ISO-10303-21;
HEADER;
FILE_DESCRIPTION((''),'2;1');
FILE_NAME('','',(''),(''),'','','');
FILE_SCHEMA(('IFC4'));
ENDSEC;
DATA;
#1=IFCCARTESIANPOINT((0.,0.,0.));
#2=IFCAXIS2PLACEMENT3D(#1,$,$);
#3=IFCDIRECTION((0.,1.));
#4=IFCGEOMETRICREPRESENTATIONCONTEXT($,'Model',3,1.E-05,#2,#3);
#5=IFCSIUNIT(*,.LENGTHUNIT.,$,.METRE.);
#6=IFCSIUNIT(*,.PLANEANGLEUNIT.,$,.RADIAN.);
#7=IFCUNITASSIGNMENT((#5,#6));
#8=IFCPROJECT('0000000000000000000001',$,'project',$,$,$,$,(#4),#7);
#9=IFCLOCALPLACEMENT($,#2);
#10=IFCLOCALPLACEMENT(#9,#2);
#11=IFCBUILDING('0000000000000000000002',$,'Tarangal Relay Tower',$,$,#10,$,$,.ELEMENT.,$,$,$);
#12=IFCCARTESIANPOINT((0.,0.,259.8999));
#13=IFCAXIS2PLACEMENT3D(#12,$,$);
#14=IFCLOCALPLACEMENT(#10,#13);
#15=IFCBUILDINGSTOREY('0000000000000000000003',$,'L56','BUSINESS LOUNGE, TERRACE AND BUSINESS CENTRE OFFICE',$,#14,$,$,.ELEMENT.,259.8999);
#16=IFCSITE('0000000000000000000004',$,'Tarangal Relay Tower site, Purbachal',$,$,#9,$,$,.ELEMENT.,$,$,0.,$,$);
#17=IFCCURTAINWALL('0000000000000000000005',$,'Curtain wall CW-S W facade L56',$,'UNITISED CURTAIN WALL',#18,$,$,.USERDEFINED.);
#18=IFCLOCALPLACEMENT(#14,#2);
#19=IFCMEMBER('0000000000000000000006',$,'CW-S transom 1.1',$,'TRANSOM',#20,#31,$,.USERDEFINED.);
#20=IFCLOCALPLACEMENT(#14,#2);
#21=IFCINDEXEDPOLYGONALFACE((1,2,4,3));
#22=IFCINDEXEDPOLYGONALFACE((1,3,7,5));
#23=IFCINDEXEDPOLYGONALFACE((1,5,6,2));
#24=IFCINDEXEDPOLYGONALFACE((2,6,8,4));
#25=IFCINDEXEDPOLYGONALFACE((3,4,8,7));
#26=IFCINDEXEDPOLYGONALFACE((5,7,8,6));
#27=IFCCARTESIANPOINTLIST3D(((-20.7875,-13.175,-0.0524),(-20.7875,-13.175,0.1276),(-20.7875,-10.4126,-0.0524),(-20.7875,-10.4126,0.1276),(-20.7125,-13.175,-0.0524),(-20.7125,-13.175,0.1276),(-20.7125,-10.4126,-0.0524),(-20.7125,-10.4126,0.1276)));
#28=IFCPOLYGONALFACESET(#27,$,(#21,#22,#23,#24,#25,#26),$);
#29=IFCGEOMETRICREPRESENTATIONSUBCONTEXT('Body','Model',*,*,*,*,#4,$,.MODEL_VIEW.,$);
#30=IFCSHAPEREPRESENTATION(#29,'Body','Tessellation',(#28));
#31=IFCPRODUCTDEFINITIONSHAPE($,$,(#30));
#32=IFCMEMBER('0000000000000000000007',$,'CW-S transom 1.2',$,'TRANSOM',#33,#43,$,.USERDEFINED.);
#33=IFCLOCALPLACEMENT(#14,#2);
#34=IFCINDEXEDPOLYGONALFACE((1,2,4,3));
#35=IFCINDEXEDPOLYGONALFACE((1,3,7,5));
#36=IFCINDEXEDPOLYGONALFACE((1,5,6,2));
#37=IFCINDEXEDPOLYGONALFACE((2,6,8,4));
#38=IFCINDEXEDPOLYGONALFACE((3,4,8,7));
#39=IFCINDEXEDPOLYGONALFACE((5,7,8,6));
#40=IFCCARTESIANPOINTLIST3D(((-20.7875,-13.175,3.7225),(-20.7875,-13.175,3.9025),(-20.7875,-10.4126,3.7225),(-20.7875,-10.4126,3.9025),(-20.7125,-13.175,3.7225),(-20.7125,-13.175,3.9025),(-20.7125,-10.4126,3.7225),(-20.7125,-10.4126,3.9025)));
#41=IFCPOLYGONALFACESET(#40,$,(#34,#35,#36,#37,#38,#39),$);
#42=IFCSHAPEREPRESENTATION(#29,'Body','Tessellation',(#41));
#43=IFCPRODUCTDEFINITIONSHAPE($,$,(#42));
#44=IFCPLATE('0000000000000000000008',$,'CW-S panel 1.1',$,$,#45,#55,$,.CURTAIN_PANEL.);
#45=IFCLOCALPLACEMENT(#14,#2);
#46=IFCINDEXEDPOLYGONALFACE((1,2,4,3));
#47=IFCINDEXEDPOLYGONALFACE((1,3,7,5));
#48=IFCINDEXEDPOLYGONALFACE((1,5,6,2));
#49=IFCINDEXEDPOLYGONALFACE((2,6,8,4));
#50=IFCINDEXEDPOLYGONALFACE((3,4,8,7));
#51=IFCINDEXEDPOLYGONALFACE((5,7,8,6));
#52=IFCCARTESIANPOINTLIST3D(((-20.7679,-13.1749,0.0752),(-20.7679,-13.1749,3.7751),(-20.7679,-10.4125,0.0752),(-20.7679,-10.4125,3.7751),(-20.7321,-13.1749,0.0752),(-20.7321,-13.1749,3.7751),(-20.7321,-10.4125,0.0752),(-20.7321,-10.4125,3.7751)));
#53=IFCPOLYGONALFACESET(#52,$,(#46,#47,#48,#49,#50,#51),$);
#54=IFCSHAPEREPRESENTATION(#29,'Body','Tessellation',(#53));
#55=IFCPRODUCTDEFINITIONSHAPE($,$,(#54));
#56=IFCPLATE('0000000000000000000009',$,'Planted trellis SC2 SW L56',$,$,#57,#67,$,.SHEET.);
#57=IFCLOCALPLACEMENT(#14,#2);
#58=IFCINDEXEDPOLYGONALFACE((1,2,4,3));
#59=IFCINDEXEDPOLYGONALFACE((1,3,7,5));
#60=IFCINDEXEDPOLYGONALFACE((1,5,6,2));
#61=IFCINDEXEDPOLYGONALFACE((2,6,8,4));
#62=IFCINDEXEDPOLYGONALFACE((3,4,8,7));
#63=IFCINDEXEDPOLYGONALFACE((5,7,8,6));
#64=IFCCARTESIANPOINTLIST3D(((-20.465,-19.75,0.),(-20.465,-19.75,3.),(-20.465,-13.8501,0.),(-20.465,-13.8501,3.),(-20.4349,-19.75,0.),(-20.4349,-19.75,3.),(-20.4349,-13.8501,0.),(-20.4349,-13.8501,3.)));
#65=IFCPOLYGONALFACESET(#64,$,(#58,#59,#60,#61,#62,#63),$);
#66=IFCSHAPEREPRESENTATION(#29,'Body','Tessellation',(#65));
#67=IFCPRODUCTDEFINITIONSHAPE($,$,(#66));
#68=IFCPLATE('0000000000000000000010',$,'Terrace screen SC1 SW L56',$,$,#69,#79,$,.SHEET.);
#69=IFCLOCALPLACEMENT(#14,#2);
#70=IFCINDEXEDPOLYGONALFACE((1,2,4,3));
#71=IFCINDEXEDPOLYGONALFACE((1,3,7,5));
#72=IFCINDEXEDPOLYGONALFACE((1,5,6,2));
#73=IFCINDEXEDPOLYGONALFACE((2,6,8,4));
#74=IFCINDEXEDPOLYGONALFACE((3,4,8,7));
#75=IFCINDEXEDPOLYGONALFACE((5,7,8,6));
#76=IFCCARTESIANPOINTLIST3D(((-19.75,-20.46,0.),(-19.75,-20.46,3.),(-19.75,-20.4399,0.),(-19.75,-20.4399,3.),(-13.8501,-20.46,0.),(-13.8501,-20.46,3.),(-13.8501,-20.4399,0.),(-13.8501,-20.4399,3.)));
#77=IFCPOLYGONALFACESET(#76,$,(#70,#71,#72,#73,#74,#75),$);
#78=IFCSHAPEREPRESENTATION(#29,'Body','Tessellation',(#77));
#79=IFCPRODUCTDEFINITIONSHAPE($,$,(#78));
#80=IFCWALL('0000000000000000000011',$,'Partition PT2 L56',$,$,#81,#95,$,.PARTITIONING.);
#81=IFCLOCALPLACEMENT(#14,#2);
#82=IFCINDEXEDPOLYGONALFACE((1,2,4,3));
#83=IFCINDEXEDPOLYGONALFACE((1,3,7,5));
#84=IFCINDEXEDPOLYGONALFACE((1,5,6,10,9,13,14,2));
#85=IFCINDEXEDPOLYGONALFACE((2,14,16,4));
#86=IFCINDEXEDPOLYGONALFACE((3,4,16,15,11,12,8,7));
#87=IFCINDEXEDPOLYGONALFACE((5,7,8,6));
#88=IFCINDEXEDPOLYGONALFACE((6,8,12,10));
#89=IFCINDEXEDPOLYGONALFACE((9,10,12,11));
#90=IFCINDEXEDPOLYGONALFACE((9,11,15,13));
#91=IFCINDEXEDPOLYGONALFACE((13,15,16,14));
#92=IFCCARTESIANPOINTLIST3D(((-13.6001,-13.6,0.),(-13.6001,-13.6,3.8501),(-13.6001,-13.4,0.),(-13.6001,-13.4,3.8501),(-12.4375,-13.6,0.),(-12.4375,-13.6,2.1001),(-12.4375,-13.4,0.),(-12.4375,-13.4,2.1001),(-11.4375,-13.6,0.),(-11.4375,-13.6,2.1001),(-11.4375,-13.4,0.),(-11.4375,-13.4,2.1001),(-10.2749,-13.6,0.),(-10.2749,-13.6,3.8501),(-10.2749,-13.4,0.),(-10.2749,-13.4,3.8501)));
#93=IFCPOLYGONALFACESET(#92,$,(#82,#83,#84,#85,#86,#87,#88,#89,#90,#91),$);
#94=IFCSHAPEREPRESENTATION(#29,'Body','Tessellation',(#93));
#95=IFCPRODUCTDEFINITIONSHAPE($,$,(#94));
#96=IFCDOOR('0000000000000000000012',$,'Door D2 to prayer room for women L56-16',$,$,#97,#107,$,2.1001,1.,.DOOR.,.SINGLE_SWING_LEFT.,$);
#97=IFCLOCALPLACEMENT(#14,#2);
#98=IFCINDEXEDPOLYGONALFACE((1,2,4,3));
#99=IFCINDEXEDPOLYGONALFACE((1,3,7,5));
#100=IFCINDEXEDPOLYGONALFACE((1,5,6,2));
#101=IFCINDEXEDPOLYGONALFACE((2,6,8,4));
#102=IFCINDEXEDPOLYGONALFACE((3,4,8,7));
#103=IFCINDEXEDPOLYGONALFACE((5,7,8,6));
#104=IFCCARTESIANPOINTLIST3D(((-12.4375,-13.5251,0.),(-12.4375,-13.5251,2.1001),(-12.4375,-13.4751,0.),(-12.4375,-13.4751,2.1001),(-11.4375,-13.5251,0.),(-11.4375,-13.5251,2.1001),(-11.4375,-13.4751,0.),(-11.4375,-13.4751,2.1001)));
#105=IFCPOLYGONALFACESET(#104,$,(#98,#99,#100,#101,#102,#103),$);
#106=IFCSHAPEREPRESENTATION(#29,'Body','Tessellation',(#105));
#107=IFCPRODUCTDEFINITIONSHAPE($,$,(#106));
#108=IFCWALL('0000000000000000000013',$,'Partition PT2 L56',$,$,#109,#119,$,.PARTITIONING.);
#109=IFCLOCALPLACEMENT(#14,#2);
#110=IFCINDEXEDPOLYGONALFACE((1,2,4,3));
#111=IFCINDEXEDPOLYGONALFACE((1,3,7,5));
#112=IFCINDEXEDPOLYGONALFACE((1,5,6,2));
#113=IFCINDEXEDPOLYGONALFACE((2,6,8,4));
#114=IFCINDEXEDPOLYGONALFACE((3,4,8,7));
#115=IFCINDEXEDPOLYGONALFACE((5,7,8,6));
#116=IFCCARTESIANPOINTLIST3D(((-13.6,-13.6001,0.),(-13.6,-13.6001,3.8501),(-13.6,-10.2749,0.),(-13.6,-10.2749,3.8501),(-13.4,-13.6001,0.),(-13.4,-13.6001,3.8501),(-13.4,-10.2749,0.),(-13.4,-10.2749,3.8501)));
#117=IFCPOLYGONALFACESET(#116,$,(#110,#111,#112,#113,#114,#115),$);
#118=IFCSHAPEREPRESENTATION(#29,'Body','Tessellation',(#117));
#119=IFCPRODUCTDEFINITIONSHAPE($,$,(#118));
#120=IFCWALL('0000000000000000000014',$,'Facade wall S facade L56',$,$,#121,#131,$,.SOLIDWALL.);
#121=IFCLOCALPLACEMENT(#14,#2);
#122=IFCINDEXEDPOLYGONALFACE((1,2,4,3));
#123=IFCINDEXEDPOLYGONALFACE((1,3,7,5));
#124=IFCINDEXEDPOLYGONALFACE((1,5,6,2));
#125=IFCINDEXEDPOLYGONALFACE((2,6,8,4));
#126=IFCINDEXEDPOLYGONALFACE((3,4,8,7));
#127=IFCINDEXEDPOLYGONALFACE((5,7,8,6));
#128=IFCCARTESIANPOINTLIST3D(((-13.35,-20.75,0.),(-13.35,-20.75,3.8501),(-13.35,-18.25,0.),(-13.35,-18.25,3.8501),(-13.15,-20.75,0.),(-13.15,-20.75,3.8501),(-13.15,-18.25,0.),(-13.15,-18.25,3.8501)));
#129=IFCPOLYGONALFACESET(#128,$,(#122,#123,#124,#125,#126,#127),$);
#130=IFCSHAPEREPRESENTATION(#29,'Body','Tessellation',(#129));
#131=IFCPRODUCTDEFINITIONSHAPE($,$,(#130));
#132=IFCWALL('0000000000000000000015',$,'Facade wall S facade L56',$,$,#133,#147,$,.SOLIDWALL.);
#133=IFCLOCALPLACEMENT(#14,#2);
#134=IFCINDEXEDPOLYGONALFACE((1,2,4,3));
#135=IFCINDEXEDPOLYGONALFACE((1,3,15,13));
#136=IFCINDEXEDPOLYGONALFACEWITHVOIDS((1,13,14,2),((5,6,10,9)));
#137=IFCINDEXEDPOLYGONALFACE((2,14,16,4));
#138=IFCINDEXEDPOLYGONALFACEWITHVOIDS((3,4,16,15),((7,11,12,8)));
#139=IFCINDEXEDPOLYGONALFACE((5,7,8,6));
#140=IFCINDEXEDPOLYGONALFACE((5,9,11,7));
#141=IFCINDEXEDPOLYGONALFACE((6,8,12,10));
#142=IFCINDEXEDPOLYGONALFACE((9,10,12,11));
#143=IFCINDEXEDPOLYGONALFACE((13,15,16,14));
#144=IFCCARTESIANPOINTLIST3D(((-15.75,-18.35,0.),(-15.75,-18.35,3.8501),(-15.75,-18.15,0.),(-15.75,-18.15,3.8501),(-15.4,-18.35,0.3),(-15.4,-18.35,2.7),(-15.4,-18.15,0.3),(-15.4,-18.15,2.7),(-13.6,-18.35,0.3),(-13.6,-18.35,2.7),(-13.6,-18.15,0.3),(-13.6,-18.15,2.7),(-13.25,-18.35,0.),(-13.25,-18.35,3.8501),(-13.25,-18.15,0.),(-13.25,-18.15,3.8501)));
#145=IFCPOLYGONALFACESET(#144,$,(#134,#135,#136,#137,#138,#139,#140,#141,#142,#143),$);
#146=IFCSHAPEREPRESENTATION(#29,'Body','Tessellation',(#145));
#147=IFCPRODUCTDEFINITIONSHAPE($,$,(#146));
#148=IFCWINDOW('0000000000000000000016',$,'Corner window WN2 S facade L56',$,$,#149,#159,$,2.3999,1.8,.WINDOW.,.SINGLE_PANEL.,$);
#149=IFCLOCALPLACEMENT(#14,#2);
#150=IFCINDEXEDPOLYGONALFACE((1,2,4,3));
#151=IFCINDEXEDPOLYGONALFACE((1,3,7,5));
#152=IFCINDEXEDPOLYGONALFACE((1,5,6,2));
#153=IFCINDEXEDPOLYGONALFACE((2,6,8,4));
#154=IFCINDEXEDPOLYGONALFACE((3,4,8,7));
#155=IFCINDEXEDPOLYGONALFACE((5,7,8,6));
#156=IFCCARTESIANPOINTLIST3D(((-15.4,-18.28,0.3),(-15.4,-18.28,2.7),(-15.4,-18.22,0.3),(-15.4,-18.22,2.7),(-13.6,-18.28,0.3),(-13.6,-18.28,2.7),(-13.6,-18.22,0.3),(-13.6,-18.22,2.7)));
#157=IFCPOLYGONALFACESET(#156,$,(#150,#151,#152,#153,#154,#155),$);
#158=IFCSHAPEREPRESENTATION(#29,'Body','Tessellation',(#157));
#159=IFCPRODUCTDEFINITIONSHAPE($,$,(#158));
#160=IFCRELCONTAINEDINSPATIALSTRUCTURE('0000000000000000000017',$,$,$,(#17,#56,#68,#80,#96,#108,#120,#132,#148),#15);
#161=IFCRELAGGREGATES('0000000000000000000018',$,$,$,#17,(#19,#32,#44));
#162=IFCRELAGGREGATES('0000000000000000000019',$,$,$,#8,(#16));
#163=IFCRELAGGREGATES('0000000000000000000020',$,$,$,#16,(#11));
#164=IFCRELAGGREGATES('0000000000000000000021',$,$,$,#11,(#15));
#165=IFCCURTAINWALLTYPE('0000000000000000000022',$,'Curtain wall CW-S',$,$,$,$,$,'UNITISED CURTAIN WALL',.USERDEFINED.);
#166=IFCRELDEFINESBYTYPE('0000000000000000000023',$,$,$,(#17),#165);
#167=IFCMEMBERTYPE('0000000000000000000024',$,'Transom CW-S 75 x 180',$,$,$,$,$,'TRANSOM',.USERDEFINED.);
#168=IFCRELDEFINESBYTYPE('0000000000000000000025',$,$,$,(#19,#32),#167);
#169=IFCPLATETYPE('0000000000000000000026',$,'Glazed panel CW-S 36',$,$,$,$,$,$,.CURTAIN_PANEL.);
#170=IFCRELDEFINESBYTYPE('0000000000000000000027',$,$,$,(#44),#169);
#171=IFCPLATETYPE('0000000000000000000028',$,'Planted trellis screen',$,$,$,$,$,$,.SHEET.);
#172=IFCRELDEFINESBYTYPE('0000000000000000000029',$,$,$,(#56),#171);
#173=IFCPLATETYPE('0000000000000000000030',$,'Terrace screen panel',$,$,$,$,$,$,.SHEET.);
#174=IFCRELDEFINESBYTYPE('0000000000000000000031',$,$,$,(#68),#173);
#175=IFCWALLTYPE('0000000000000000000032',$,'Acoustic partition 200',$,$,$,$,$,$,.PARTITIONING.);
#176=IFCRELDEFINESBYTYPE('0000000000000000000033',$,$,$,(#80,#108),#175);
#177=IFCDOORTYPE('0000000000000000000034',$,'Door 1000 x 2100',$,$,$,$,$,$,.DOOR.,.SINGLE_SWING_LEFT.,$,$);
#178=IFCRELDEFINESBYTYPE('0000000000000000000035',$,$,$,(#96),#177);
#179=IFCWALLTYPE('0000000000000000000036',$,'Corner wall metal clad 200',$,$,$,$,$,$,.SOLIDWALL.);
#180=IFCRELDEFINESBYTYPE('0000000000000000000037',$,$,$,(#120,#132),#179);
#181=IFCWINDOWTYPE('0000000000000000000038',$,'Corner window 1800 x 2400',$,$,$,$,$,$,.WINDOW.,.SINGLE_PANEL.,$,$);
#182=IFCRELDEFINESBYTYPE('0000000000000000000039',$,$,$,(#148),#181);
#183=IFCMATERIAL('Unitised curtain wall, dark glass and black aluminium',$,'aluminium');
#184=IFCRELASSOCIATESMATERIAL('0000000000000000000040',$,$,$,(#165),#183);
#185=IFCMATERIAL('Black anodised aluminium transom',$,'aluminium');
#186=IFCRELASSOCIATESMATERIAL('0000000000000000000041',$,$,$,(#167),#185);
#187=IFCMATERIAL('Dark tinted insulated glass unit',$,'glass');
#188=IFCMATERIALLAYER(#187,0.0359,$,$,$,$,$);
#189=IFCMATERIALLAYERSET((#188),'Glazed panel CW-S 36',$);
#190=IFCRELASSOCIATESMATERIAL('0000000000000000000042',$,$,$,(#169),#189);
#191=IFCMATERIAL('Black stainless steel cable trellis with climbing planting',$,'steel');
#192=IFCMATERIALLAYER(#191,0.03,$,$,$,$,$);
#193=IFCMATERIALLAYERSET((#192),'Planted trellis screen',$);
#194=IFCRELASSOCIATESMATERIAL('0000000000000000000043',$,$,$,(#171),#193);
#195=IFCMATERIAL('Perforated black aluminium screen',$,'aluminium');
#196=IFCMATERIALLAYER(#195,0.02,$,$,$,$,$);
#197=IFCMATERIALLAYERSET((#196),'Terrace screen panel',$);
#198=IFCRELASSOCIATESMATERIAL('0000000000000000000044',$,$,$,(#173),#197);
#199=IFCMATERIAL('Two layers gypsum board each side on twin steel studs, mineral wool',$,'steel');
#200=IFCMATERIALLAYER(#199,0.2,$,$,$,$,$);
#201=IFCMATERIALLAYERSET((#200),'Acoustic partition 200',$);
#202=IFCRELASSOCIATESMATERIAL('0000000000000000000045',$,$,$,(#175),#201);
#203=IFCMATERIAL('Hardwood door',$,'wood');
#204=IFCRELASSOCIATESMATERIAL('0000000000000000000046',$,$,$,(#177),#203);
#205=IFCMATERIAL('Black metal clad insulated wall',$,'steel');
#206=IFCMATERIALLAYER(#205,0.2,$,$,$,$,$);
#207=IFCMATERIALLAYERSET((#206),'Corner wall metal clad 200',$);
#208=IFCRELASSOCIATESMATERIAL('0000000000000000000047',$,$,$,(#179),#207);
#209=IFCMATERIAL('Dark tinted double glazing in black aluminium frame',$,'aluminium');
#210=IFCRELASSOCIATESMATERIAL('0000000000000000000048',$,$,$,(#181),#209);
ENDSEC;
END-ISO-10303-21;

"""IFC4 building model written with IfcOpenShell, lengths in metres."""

from ifc_helpers import new_model, si_unit, direction, frame, frame_2d, origin, origin_2d, place, context, subcontext, project, spatial, rectangle, extrude, material, layer, layer_set, material_profile, profile_set, type_object, element, fill, aggregate, save


model = new_model("IFC4")

# Units and contexts
model_context = context("Model", 3, precision=1e-05, world=origin(), true_north=direction((0.0, 1.0)))
body_context = subcontext(model_context, "Body", "Model", "MODEL_VIEW")
ifc_project = project(units=[si_unit("LENGTHUNIT", "METRE"), si_unit("PLANEANGLEUNIT", "RADIAN")], contexts=[model_context])

# Site, building, storey
site_placement = place(None, origin())
site = spatial("IfcSite", under=ifc_project, at=site_placement, Name="Tarangal Relay Tower site, Purbachal", CompositionType="ELEMENT", RefElevation=0.0)
building_placement = place(site_placement, origin())
building = spatial("IfcBuilding", under=site, at=building_placement, Name="Tarangal Relay Tower", CompositionType="ELEMENT")
storey_placement = place(building_placement, frame((0.0, 0.0, 259.8999)))
storey = spatial("IfcBuildingStorey", under=building, at=storey_placement, Name="L56", Description="BUSINESS LOUNGE, TERRACE AND BUSINESS CENTRE OFFICE", CompositionType="ELEMENT", Elevation=259.8999)

# Shared definitions
ifc_material_1 = material(Name="Unitised curtain wall, dark glass and black aluminium", Category="aluminium")
curtain_wall_type = type_object("IfcCurtainWallType", Name="Curtain wall CW-S", ElementType="UNITISED CURTAIN WALL", PredefinedType="USERDEFINED", material=ifc_material_1)

# Curtain wall, members, plate
curtain_wall_1_placement = place(storey_placement, origin())
curtain_wall_1 = element("IfcCurtainWall", 1, at=curtain_wall_1_placement, inside=storey, type_object=curtain_wall_type, Name="Curtain wall CW-S W facade L56", ObjectType="UNITISED CURTAIN WALL", PredefinedType="USERDEFINED")
ifc_material_2 = material(Name="Black anodised aluminium transom", Category="aluminium")
ifc_material_profile_1 = material_profile(ifc_material_2, rectangle(XDim=0.075, YDim=0.1799, at=origin_2d()), Name="CW-ST 75X180")
ifc_profile_set_1 = profile_set([ifc_material_profile_1], Name="Black anodised aluminium transom")
member_type_1 = type_object("IfcMemberType", Name="Transom CW-S 75 x 180", ElementType="TRANSOM", PredefinedType="USERDEFINED", material=ifc_profile_set_1)
member_1_placement = place(storey_placement, frame((-20.75, -13.175, 0.0376), z_axis=(0.0, 1.0, 0.0), x_axis=(-1.0, 0.0, 0.0)))
member_1 = element("IfcMember", 2, at=member_1_placement, type_object=member_type_1, Name="CW-S transom 1.1", ObjectType="TRANSOM", PredefinedType="USERDEFINED", context=body_context, shape_type="SweptSolid", body=[
    extrude(rectangle(XDim=0.075, YDim=0.1799, at=origin_2d()), origin(), (0.0, 0.0, 1.0), 2.7625),
])
member_2_placement = place(storey_placement, frame((-20.75, -13.175, 3.8125), z_axis=(0.0, 1.0, 0.0), x_axis=(-1.0, 0.0, 0.0)))
member_2 = element("IfcMember", 3, at=member_2_placement, type_object=member_type_1, Name="CW-S transom 1.2", ObjectType="TRANSOM", PredefinedType="USERDEFINED", context=body_context, shape_type="SweptSolid", body=[
    extrude(rectangle(XDim=0.075, YDim=0.1799, at=origin_2d()), origin(), (0.0, 0.0, 1.0), 2.7625),
])
ifc_material_3 = material(Name="Dark tinted insulated glass unit", Category="glass")
ifc_layer_1 = layer(ifc_material_3, 0.0359)
ifc_layer_set_1 = layer_set([ifc_layer_1], Name="Glazed panel CW-S 36")
plate_type_1 = type_object("IfcPlateType", Name="Glazed panel CW-S 36", PredefinedType="CURTAIN_PANEL", material=ifc_layer_set_1)
plate_1_placement = place(storey_placement, frame((-20.75, -11.7937, 0.0752), z_axis=(0.0, 0.0, 1.0), x_axis=(0.0, 1.0, 0.0)))
plate_1 = element("IfcPlate", 4, at=plate_1_placement, type_object=plate_type_1, Name="CW-S panel 1.1", PredefinedType="CURTAIN_PANEL", context=body_context, shape_type="SweptSolid", body=[
    extrude(rectangle(XDim=2.7625, YDim=0.0359, at=origin_2d()), origin(), (0.0, 0.0, 1.0), 3.7),
])
aggregate(curtain_wall_1, [member_1, member_2, plate_1])

# Plates
ifc_material_4 = material(Name="Black stainless steel cable trellis with climbing planting", Category="steel")
ifc_layer_2 = layer(ifc_material_4, 0.03)
ifc_layer_set_2 = layer_set([ifc_layer_2], Name="Planted trellis screen")
plate_type_2 = type_object("IfcPlateType", Name="Planted trellis screen", PredefinedType="SHEET", material=ifc_layer_set_2)
plate_2_placement = place(storey_placement, frame((-20.45, -16.8, 0.0), z_axis=(0.0, 0.0, 1.0), x_axis=(0.0, 1.0, 0.0)))
element("IfcPlate", 5, at=plate_2_placement, inside=storey, type_object=plate_type_2, Name="Planted trellis SC2 SW L56", PredefinedType="SHEET", context=body_context, shape_type="SweptSolid", body=[
    extrude(rectangle(XDim=5.8999, YDim=0.03, at=origin_2d()), origin(), (0.0, 0.0, 1.0), 3.0),
])
ifc_material_5 = material(Name="Perforated black aluminium screen", Category="aluminium")
ifc_layer_3 = layer(ifc_material_5, 0.02)
ifc_layer_set_3 = layer_set([ifc_layer_3], Name="Terrace screen panel")
plate_type_3 = type_object("IfcPlateType", Name="Terrace screen panel", PredefinedType="SHEET", material=ifc_layer_set_3)
plate_3_placement = place(storey_placement, frame((-16.8, -20.45, 0.0), z_axis=(0.0, 0.0, 1.0), x_axis=(-1.0, 0.0, 0.0)))
element("IfcPlate", 6, at=plate_3_placement, inside=storey, type_object=plate_type_3, Name="Terrace screen SC1 SW L56", PredefinedType="SHEET", context=body_context, shape_type="SweptSolid", body=[
    extrude(rectangle(XDim=5.8999, YDim=0.02, at=origin_2d()), origin(), (0.0, 0.0, 1.0), 3.0),
])

# Wall, opening, door
ifc_material_6 = material(Name="Two layers gypsum board each side on twin steel studs, mineral wool", Category="steel")
ifc_layer_4 = layer(ifc_material_6, 0.2)
ifc_layer_set_4 = layer_set([ifc_layer_4], Name="Acoustic partition 200")
wall_type_1 = type_object("IfcWallType", Name="Acoustic partition 200", PredefinedType="PARTITIONING", material=ifc_layer_set_4)
wall_1_placement = place(storey_placement, frame((-13.6001, -13.5, 0.0), z_axis=(0.0, 0.0, 1.0), x_axis=(1.0, 0.0, 0.0)))
wall_1 = element("IfcWall", 7, at=wall_1_placement, inside=storey, type_object=wall_type_1, Name="Partition PT2 L56", PredefinedType="PARTITIONING", context=body_context, shape_type="SweptSolid", body=[
    extrude(rectangle(XDim=3.3252, YDim=0.2, at=frame_2d((1.6626, 0.0))), origin(), (0.0, 0.0, 1.0), 3.8501),
])
opening_1_placement = place(wall_1_placement, frame((1.1626, 0.0, 0.0)))
opening_1 = element("IfcOpeningElement", 8, at=opening_1_placement, cuts=wall_1, PredefinedType="OPENING", context=body_context, shape_type="SweptSolid", body=[
    extrude(rectangle(XDim=1.0, YDim=2.1001, at=frame_2d((0.5, 1.05))), frame((0.0, 0.1099, 0.0), z_axis=(0.0, -1.0, 0.0), x_axis=(1.0, 0.0, 0.0)), (0.0, 0.0, 1.0), 0.22),
])
ifc_material_7 = material(Name="Hardwood door", Category="wood")
door_type_1 = type_object("IfcDoorType", Name="Door 1000 x 2100", OperationType="SINGLE_SWING_LEFT", PredefinedType="DOOR", material=ifc_material_7)
door_1_placement = place(opening_1_placement, origin())
door_1 = element("IfcDoor", 9, at=door_1_placement, inside=storey, type_object=door_type_1, Name="Door D2 to prayer room for women L56-16", OperationType="SINGLE_SWING_LEFT", OverallHeight=2.1001, OverallWidth=1.0, PredefinedType="DOOR", context=body_context, shape_type="SweptSolid", body=[
    extrude(rectangle(XDim=1.0, YDim=2.1001, at=frame_2d((0.5, 1.05))), frame((0.0, 0.0249, 0.0), z_axis=(0.0, -1.0, 0.0), x_axis=(1.0, 0.0, 0.0)), (0.0, 0.0, 1.0), 0.05),
])
fill(opening_1, door_1)

# Walls
wall_2_placement = place(storey_placement, frame((-13.5, -13.6001, 0.0), z_axis=(0.0, 0.0, 1.0), x_axis=(0.0, 1.0, 0.0)))
element("IfcWall", 10, at=wall_2_placement, inside=storey, type_object=wall_type_1, Name="Partition PT2 L56", PredefinedType="PARTITIONING", context=body_context, shape_type="SweptSolid", body=[
    extrude(rectangle(XDim=3.3252, YDim=0.2, at=frame_2d((1.6626, 0.0))), origin(), (0.0, 0.0, 1.0), 3.8501),
])
ifc_material_8 = material(Name="Black metal clad insulated wall", Category="steel")
ifc_layer_5 = layer(ifc_material_8, 0.2)
ifc_layer_set_5 = layer_set([ifc_layer_5], Name="Corner wall metal clad 200")
wall_type_2 = type_object("IfcWallType", Name="Corner wall metal clad 200", PredefinedType="SOLIDWALL", material=ifc_layer_set_5)
wall_3_placement = place(storey_placement, frame((-13.25, -20.75, 0.0), z_axis=(0.0, 0.0, 1.0), x_axis=(0.0, 1.0, 0.0)))
element("IfcWall", 11, at=wall_3_placement, inside=storey, type_object=wall_type_2, Name="Facade wall S facade L56", PredefinedType="SOLIDWALL", context=body_context, shape_type="SweptSolid", body=[
    extrude(rectangle(XDim=2.5, YDim=0.2, at=frame_2d((1.25, 0.0))), origin(), (0.0, 0.0, 1.0), 3.8501),
])

# Wall, opening, window
wall_4_placement = place(storey_placement, frame((-13.25, -18.25, 0.0), z_axis=(0.0, 0.0, 1.0), x_axis=(-1.0, 0.0, 0.0)))
wall_4 = element("IfcWall", 12, at=wall_4_placement, inside=storey, type_object=wall_type_2, Name="Facade wall S facade L56", PredefinedType="SOLIDWALL", context=body_context, shape_type="SweptSolid", body=[
    extrude(rectangle(XDim=2.5, YDim=0.2, at=frame_2d((1.25, 0.0))), origin(), (0.0, 0.0, 1.0), 3.8501),
])
opening_2_placement = place(wall_4_placement, frame((0.3501, 0.0, 0.3)))
opening_2 = element("IfcOpeningElement", 13, at=opening_2_placement, cuts=wall_4, PredefinedType="OPENING", context=body_context, shape_type="SweptSolid", body=[
    extrude(rectangle(XDim=1.8, YDim=2.3999, at=frame_2d((0.8999, 1.2))), frame((0.0, 0.1099, 0.0), z_axis=(0.0, -1.0, 0.0), x_axis=(1.0, 0.0, 0.0)), (0.0, 0.0, 1.0), 0.22),
])
ifc_material_9 = material(Name="Dark tinted double glazing in black aluminium frame", Category="aluminium")
window_type = type_object("IfcWindowType", Name="Corner window 1800 x 2400", PartitioningType="SINGLE_PANEL", PredefinedType="WINDOW", material=ifc_material_9)
window_1_placement = place(opening_2_placement, origin())
window_1 = element("IfcWindow", 14, at=window_1_placement, inside=storey, type_object=window_type, Name="Corner window WN2 S facade L56", OverallHeight=2.3999, OverallWidth=1.8, PartitioningType="SINGLE_PANEL", PredefinedType="WINDOW", context=body_context, shape_type="SweptSolid", body=[
    extrude(rectangle(XDim=1.8, YDim=2.3999, at=frame_2d((0.8999, 1.2))), frame((0.0, 0.03, 0.0), z_axis=(0.0, -1.0, 0.0), x_axis=(1.0, 0.0, 0.0)), (0.0, 0.0, 1.0), 0.0601),
])
fill(opening_2, window_1)

save(model, "model.ifc")
